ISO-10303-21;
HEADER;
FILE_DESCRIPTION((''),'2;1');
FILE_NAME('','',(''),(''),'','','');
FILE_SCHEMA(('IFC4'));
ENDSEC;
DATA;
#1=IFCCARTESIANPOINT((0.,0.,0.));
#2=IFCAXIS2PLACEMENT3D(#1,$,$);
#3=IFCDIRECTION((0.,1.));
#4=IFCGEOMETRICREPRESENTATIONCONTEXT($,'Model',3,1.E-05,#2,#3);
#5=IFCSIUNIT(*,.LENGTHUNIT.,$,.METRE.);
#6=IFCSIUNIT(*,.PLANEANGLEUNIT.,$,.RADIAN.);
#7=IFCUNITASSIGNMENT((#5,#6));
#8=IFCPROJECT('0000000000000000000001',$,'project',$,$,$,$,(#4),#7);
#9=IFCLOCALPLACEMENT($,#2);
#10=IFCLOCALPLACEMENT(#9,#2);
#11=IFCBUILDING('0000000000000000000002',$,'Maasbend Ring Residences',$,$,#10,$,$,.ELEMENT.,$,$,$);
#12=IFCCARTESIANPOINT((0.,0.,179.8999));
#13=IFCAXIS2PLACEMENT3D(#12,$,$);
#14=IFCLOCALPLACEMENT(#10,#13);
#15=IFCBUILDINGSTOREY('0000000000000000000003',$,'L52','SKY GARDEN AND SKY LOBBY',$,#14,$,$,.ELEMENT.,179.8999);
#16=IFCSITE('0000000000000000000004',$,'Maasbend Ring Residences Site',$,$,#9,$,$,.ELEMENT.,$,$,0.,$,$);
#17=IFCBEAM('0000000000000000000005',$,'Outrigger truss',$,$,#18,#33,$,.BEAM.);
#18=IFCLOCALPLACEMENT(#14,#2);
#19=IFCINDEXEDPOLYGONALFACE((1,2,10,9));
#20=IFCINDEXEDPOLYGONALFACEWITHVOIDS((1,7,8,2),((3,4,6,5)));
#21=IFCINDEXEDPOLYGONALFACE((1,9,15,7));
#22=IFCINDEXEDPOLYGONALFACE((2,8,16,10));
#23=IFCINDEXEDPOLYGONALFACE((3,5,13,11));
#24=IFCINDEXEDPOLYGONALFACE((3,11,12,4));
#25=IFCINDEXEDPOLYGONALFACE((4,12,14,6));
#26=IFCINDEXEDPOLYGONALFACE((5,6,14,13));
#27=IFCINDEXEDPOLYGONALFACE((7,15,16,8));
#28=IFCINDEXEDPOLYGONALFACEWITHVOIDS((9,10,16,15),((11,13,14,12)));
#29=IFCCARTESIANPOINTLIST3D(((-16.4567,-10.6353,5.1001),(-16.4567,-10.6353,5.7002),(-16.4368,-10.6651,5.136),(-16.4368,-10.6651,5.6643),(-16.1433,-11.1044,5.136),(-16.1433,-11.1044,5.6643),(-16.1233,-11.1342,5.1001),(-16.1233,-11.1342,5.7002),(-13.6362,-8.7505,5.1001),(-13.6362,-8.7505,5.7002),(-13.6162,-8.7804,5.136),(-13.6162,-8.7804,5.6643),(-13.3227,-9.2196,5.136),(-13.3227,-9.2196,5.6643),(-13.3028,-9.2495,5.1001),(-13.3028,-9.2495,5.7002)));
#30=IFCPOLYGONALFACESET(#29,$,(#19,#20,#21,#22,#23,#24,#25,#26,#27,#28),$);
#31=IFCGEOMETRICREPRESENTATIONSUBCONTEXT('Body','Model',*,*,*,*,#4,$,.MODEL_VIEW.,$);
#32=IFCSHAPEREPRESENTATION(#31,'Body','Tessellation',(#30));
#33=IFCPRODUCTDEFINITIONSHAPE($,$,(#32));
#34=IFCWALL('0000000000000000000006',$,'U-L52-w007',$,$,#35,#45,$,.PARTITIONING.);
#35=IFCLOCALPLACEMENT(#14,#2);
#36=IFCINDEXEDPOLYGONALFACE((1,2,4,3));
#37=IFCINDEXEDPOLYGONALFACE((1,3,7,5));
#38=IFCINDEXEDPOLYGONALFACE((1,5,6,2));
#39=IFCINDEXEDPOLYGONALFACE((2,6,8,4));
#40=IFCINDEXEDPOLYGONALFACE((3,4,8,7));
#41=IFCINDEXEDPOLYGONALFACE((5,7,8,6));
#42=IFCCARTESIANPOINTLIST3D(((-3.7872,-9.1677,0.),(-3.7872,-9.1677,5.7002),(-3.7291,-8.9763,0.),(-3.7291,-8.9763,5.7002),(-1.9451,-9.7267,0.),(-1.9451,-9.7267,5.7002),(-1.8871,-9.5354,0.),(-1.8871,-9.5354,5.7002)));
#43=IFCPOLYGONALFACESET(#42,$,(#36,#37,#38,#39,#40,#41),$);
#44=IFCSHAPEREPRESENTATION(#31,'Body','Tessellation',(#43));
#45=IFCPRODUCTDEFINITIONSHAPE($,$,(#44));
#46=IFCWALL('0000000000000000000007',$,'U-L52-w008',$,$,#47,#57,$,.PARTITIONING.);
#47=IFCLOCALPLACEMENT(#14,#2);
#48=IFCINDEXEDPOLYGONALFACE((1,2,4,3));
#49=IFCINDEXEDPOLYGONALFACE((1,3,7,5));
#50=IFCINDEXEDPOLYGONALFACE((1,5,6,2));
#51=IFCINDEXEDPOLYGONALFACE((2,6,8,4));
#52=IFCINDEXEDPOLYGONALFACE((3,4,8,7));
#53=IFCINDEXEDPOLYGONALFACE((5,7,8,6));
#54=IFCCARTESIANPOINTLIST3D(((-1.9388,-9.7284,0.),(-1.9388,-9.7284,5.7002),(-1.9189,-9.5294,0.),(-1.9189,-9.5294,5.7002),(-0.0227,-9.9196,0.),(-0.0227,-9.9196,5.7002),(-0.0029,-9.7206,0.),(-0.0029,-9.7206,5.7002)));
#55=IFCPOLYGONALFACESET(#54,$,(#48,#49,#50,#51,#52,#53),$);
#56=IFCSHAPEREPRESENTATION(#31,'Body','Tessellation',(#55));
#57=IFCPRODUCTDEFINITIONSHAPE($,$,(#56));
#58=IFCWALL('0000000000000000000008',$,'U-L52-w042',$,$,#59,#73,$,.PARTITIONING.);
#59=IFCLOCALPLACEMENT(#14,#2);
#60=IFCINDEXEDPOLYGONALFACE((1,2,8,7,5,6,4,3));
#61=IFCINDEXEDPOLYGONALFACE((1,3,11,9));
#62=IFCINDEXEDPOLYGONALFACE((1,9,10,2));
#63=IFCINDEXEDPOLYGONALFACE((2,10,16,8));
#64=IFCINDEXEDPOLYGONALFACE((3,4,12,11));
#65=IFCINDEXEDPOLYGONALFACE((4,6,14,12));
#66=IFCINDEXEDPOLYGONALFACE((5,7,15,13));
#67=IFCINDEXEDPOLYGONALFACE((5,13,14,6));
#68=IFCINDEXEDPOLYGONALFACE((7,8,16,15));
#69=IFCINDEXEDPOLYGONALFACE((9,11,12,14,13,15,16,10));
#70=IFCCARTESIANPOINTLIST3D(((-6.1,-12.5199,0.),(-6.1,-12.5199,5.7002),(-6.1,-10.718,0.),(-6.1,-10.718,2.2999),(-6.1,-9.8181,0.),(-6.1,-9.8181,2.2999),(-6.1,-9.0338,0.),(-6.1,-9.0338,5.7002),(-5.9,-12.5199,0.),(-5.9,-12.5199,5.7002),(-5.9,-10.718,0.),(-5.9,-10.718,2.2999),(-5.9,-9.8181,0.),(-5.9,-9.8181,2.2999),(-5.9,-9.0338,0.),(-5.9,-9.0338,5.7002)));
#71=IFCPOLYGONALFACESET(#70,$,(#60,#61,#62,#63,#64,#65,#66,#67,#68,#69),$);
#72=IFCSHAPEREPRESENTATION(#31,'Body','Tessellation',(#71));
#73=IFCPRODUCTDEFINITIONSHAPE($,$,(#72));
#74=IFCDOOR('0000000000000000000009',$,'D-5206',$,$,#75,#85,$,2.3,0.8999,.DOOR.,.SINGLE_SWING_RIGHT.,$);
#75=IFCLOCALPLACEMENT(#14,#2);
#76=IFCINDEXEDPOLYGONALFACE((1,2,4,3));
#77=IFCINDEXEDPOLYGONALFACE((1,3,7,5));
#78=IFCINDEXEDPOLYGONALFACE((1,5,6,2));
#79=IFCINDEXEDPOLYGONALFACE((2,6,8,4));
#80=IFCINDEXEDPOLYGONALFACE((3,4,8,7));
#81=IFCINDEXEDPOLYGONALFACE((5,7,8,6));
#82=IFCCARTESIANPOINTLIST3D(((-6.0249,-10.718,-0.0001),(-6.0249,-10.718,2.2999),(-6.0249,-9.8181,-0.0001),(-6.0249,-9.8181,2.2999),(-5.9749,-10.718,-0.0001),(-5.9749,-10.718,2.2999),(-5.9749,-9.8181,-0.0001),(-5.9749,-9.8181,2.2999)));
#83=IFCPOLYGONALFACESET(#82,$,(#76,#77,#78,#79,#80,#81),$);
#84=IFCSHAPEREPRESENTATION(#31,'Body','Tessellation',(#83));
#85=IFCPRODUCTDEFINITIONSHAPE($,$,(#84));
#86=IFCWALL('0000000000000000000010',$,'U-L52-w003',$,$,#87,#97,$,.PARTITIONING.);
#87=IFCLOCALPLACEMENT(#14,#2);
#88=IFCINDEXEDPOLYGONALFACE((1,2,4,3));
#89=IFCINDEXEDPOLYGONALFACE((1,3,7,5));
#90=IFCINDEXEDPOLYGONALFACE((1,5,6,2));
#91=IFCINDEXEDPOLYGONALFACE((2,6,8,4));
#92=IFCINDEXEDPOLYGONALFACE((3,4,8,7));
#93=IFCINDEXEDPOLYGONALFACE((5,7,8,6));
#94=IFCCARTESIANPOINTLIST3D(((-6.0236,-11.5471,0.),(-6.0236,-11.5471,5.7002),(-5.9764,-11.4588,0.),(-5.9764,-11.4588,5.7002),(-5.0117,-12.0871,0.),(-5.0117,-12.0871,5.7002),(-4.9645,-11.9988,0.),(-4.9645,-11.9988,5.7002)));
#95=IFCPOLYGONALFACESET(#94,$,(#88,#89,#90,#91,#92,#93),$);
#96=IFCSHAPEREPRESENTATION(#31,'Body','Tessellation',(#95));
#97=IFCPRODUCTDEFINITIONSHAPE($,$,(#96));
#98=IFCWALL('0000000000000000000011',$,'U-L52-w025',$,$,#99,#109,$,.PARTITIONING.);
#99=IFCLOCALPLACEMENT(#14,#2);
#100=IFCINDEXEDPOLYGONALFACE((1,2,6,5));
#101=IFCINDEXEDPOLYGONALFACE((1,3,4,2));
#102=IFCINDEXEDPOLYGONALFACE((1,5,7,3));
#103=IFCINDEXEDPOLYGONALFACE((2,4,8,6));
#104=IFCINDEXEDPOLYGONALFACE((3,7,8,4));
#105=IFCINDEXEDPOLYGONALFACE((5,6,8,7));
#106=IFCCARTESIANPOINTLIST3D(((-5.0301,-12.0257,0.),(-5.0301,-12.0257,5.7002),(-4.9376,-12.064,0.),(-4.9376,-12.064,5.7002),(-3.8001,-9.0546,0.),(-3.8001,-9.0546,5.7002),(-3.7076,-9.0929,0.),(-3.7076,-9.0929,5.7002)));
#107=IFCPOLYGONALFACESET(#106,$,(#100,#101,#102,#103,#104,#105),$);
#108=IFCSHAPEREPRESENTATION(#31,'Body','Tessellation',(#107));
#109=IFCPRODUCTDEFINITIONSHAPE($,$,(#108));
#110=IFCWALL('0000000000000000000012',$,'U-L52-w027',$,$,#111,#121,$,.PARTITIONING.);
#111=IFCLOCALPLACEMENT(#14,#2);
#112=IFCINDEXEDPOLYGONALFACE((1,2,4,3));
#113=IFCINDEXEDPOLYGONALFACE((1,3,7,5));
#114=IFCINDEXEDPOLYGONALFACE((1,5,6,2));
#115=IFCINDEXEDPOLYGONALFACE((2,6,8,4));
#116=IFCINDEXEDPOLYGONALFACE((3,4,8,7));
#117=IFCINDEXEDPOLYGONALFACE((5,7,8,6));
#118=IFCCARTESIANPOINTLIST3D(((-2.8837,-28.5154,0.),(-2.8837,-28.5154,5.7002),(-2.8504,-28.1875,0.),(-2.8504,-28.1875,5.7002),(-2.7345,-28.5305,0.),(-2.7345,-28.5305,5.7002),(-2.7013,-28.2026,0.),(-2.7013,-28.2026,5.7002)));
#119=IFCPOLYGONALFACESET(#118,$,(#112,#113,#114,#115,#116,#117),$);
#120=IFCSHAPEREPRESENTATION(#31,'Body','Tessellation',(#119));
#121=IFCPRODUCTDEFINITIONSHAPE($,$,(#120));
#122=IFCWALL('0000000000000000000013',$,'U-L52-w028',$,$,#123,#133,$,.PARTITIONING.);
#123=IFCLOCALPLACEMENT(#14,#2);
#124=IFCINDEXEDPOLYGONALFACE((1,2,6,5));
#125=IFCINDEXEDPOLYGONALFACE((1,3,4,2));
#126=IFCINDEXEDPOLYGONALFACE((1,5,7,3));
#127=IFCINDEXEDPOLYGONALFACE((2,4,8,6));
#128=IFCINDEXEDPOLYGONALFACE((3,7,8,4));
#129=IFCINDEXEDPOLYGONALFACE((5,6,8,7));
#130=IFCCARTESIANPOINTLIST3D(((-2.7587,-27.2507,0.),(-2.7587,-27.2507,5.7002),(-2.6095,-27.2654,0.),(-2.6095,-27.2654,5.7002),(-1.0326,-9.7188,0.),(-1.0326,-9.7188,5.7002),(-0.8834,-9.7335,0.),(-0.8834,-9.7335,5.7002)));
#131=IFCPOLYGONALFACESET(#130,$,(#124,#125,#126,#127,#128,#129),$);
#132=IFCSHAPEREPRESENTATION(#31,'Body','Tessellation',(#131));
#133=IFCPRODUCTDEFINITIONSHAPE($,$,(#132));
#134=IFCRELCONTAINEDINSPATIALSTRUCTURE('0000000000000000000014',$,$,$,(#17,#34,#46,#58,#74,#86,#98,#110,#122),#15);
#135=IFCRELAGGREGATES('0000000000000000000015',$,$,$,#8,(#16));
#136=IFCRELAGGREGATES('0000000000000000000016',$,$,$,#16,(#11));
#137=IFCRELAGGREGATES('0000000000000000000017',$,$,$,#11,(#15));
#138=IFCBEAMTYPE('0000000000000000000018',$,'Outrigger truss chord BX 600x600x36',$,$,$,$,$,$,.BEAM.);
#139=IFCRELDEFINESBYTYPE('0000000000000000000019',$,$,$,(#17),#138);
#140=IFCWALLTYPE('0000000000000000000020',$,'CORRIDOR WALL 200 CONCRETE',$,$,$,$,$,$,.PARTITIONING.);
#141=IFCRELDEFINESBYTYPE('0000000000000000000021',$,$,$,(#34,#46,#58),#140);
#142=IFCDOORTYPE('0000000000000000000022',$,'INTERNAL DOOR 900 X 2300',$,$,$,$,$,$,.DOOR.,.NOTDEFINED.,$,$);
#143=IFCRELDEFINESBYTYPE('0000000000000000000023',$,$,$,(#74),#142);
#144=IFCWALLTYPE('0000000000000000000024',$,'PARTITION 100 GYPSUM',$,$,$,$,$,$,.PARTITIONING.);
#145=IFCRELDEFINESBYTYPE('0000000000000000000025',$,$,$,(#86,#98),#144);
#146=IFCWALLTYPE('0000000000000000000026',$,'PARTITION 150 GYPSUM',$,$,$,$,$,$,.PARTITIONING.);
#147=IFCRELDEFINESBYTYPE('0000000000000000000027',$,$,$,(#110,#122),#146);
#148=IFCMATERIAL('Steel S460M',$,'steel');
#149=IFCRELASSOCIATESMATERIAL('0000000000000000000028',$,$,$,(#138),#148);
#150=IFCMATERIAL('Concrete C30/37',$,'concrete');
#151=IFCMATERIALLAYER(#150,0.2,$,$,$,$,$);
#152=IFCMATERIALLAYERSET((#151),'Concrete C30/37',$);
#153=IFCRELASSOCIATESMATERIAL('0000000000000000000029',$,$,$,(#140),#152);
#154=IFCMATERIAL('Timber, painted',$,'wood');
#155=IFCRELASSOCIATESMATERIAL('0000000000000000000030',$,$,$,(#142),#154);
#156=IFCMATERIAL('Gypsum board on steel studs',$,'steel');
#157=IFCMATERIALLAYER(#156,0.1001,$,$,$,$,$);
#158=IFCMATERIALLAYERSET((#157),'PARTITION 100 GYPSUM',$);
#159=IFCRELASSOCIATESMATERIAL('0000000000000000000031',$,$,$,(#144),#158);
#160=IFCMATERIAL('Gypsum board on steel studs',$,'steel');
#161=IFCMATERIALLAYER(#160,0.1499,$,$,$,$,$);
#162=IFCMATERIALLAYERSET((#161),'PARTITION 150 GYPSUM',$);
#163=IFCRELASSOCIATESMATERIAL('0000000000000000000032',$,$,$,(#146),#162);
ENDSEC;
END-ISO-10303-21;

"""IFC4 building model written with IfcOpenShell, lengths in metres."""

from ifc_helpers import new_model, si_unit, direction, frame, frame_2d, origin, origin_2d, place, context, subcontext, project, spatial, rectangle, hollow_rectangle, extrude, material, layer, layer_set, material_profile, profile_set, type_object, element, fill, save


model = new_model("IFC4")

# Units and contexts
model_context = context("Model", 3, precision=1e-05, world=origin(), true_north=direction((0.0, 1.0)))
body_context = subcontext(model_context, "Body", "Model", "MODEL_VIEW")
ifc_project = project(units=[si_unit("LENGTHUNIT", "METRE"), si_unit("PLANEANGLEUNIT", "RADIAN")], contexts=[model_context])

# Site, building, storey
site_placement = place(None, origin())
site = spatial("IfcSite", under=ifc_project, at=site_placement, Name="Maasbend Ring Residences Site", CompositionType="ELEMENT", RefElevation=0.0)
building_placement = place(site_placement, origin())
building = spatial("IfcBuilding", under=site, at=building_placement, Name="Maasbend Ring Residences", CompositionType="ELEMENT")
storey_placement = place(building_placement, frame((0.0, 0.0, 179.8999)))
storey = spatial("IfcBuildingStorey", under=building, at=storey_placement, Name="L52", Description="SKY GARDEN AND SKY LOBBY", CompositionType="ELEMENT", Elevation=179.8999)

# Beam
ifc_material_1 = material(Name="Steel S460M", Category="steel")
ifc_material_profile_1 = material_profile(ifc_material_1, hollow_rectangle(XDim=0.6001, YDim=0.6001, WallThickness=0.0359, at=origin_2d()), Name="Outrigger truss chord BX 600x600x36")
ifc_profile_set_1 = profile_set([ifc_material_profile_1], Name="Steel S460M")
beam_type_1 = type_object("IfcBeamType", Name="Outrigger truss chord BX 600x600x36", PredefinedType="BEAM", material=ifc_profile_set_1)
beam_1_placement = place(storey_placement, frame((-16.29, -10.8848, 5.4001), z_axis=(0.831452, 0.555597, 0.0), x_axis=(-0.555597, 0.831452, 0.0)))
element("IfcBeam", 1, at=beam_1_placement, inside=storey, type_object=beam_type_1, Name="Outrigger truss", PredefinedType="BEAM", context=body_context, shape_type="SweptSolid", body=[
    extrude(hollow_rectangle(XDim=0.6001, YDim=0.6001, WallThickness=0.0359, at=origin_2d()), origin(), (0.0, 0.0, 1.0), 3.3923),
])

# Walls
ifc_material_2 = material(Name="Concrete C30/37", Category="concrete")
ifc_layer_1 = layer(ifc_material_2, 0.2)
ifc_layer_set_1 = layer_set([ifc_layer_1], Name="Concrete C30/37")
wall_type_1 = type_object("IfcWallType", Name="CORRIDOR WALL 200 CONCRETE", PredefinedType="PARTITIONING", material=ifc_layer_set_1)
wall_1_placement = place(storey_placement, frame((-3.7581, -9.072, 0.0), z_axis=(0.0, 0.0, 1.0), x_axis=(0.956896, -0.29043, 0.0)))
element("IfcWall", 2, at=wall_1_placement, inside=storey, type_object=wall_type_1, Name="U-L52-w007", PredefinedType="PARTITIONING", context=body_context, shape_type="SweptSolid", body=[
    extrude(rectangle(XDim=1.925, YDim=0.2, at=frame_2d((0.9624, 0.0))), origin(), (0.0, 0.0, 1.0), 5.7002),
])
wall_2_placement = place(storey_placement, frame((-1.929, -9.6289, 0.0), z_axis=(0.0, 0.0, 1.0), x_axis=(0.99506, -0.099278, 0.0)))
element("IfcWall", 3, at=wall_2_placement, inside=storey, type_object=wall_type_1, Name="U-L52-w008", PredefinedType="PARTITIONING", context=body_context, shape_type="SweptSolid", body=[
    extrude(rectangle(XDim=1.9255, YDim=0.2, at=frame_2d((0.9629, 0.0))), origin(), (0.0, 0.0, 1.0), 5.7002),
])

# Wall, opening, door
wall_3_placement = place(storey_placement, frame((-6.0, -12.52, 0.0), z_axis=(0.0, 0.0, 1.0), x_axis=(0.0, 1.0, 0.0)))
wall_3 = element("IfcWall", 4, at=wall_3_placement, inside=storey, type_object=wall_type_1, Name="U-L52-w042", PredefinedType="PARTITIONING", context=body_context, shape_type="SweptSolid", body=[
    extrude(rectangle(XDim=3.4861, YDim=0.2, at=frame_2d((1.7432, 0.0))), origin(), (0.0, 0.0, 1.0), 5.7002),
])
opening_placement = place(wall_3_placement, frame((1.802, 0.0, 0.0)))
opening = element("IfcOpeningElement", 5, at=opening_placement, cuts=wall_3, PredefinedType="OPENING", context=body_context, shape_type="SweptSolid", body=[
    extrude(rectangle(XDim=0.8999, YDim=2.3, at=frame_2d((0.45, 1.1499))), frame((0.0, 0.1099, 0.0), z_axis=(0.0, -1.0, 0.0), x_axis=(1.0, 0.0, 0.0)), (0.0, 0.0, 1.0), 0.22),
])
ifc_material_3 = material(Name="Timber, painted", Category="wood")
door_type = type_object("IfcDoorType", Name="INTERNAL DOOR 900 X 2300", OperationType="NOTDEFINED", PredefinedType="DOOR", material=ifc_material_3)
door_placement = place(opening_placement, origin())
door = element("IfcDoor", 6, at=door_placement, inside=storey, type_object=door_type, Name="D-5206", OperationType="SINGLE_SWING_RIGHT", OverallHeight=2.3, OverallWidth=0.8999, PredefinedType="DOOR", context=body_context, shape_type="SweptSolid", body=[
    extrude(rectangle(XDim=0.8999, YDim=2.3, at=frame_2d((0.45, 1.1499))), frame((0.0, 0.0249, 0.0), z_axis=(0.0, -1.0, 0.0), x_axis=(1.0, 0.0, 0.0)), (0.0, 0.0, 1.0), 0.05),
])
fill(opening, door)

# Walls
ifc_material_4 = material(Name="Gypsum board on steel studs", Category="steel")
ifc_layer_2 = layer(ifc_material_4, 0.1001)
ifc_layer_set_2 = layer_set([ifc_layer_2], Name="PARTITION 100 GYPSUM")
wall_type_2 = type_object("IfcWallType", Name="PARTITION 100 GYPSUM", PredefinedType="PARTITIONING", material=ifc_layer_set_2)
wall_4_placement = place(storey_placement, frame((-6.0, -11.5029, 0.0), z_axis=(0.0, 0.0, 1.0), x_axis=(0.882235, -0.470809, 0.0)))
element("IfcWall", 7, at=wall_4_placement, inside=storey, type_object=wall_type_2, Name="U-L52-w003", PredefinedType="PARTITIONING", context=body_context, shape_type="SweptSolid", body=[
    extrude(rectangle(XDim=1.147, YDim=0.1001, at=frame_2d((0.5735, 0.0))), origin(), (0.0, 0.0, 1.0), 5.7002),
])
wall_5_placement = place(storey_placement, frame((-4.9839, -12.0449, 0.0), z_axis=(0.0, 0.0, 1.0), x_axis=(0.382517, 0.923948, 0.0)))
element("IfcWall", 8, at=wall_5_placement, inside=storey, type_object=wall_type_2, Name="U-L52-w025", PredefinedType="PARTITIONING", context=body_context, shape_type="SweptSolid", body=[
    extrude(rectangle(XDim=3.2156, YDim=0.1001, at=frame_2d((1.6079, 0.0))), origin(), (0.0, 0.0, 1.0), 5.7002),
])
ifc_material_5 = material(Name="Gypsum board on steel studs", Category="steel")
ifc_layer_3 = layer(ifc_material_5, 0.1499)
ifc_layer_set_3 = layer_set([ifc_layer_3], Name="PARTITION 150 GYPSUM")
wall_type_3 = type_object("IfcWallType", Name="PARTITION 150 GYPSUM", PredefinedType="PARTITIONING", material=ifc_layer_set_3)
wall_6_placement = place(storey_placement, frame((-2.8091, -28.5229, 0.0), z_axis=(0.0, 0.0, 1.0), x_axis=(0.100751, 0.994912, 0.0)))
element("IfcWall", 9, at=wall_6_placement, inside=storey, type_object=wall_type_3, Name="U-L52-w027", PredefinedType="PARTITIONING", context=body_context, shape_type="SweptSolid", body=[
    extrude(rectangle(XDim=0.3296, YDim=0.1499, at=frame_2d((0.1648, 0.0))), origin(), (0.0, 0.0, 1.0), 5.7002),
])
wall_7_placement = place(storey_placement, frame((-2.6841, -27.2581, 0.0), z_axis=(0.0, 0.0, 1.0), x_axis=(0.097979, 0.995188, 0.0)))
element("IfcWall", 10, at=wall_7_placement, inside=storey, type_object=wall_type_3, Name="U-L52-w028", PredefinedType="PARTITIONING", context=body_context, shape_type="SweptSolid", body=[
    extrude(rectangle(XDim=17.6167, YDim=0.1499, at=frame_2d((8.8083, 0.0))), origin(), (0.0, 0.0, 1.0), 5.7002),
])

save(model, "model.ifc")
